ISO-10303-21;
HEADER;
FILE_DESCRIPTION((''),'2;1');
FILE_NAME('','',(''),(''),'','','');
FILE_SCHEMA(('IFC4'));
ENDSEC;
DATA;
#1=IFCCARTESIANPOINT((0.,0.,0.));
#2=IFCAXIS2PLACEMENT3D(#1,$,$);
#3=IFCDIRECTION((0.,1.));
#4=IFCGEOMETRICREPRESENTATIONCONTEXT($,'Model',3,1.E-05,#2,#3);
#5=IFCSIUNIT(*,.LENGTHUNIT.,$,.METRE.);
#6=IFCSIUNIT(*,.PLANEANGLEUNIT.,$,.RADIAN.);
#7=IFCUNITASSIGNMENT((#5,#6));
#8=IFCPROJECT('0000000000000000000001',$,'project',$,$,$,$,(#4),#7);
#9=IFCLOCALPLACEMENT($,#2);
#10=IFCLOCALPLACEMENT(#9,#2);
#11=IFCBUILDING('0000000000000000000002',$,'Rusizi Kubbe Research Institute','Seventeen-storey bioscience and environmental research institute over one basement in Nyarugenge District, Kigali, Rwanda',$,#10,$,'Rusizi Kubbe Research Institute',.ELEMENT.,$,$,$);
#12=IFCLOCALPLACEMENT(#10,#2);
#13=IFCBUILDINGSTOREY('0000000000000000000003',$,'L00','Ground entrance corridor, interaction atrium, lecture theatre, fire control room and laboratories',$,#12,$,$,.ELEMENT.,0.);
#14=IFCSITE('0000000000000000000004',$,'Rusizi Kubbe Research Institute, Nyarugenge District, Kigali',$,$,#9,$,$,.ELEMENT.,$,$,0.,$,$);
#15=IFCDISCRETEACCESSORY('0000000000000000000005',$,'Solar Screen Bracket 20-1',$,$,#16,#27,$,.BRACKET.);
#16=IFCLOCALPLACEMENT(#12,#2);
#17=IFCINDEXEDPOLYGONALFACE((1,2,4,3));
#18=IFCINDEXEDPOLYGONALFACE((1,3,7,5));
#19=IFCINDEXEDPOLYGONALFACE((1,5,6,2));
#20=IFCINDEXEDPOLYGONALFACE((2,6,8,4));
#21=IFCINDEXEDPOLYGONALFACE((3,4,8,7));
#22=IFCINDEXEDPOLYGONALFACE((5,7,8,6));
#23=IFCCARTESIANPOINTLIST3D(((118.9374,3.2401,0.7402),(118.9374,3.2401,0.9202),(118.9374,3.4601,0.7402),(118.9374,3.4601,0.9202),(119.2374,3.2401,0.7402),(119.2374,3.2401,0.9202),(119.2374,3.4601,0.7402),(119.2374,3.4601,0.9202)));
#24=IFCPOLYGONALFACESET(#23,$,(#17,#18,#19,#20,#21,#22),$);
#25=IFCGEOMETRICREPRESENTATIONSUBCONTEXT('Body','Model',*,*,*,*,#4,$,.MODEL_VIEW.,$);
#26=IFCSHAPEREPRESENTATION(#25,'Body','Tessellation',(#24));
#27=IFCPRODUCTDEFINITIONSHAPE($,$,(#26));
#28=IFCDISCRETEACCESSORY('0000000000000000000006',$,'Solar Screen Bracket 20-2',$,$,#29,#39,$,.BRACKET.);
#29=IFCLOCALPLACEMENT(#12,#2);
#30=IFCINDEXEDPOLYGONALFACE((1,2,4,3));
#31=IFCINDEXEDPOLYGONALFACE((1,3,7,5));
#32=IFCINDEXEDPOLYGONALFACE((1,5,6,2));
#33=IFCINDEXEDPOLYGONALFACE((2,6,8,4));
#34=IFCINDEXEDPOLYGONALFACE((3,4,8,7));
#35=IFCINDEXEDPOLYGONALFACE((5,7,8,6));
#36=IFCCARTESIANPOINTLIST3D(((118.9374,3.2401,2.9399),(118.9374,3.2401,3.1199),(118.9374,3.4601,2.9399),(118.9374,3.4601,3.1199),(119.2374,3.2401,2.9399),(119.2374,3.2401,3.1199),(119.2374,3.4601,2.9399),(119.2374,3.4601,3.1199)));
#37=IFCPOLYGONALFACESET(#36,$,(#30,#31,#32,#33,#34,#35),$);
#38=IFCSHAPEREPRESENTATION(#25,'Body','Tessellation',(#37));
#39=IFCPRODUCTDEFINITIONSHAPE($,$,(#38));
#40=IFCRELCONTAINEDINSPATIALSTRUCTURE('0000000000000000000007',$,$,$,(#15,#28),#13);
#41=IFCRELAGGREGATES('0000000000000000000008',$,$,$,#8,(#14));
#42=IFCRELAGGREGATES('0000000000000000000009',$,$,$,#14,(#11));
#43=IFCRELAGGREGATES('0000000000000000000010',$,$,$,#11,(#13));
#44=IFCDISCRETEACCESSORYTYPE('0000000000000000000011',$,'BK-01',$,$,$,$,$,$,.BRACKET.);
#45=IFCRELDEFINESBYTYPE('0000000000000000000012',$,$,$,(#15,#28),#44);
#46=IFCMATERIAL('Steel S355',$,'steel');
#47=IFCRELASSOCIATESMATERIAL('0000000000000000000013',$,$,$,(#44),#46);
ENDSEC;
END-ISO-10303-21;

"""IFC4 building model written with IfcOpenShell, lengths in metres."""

from ifc_helpers import new_model, si_unit, direction, frame, origin, origin_2d, place, context, subcontext, project, spatial, rectangle, extrude, material, type_object, element, save


model = new_model("IFC4")

# Units and contexts
model_context = context("Model", 3, precision=1e-05, world=origin(), true_north=direction((0.0, 1.0)))
body_context = subcontext(model_context, "Body", "Model", "MODEL_VIEW")
ifc_project = project(units=[si_unit("LENGTHUNIT", "METRE"), si_unit("PLANEANGLEUNIT", "RADIAN")], contexts=[model_context])

# Site, building, storey
site_placement = place(None, origin())
site = spatial("IfcSite", under=ifc_project, at=site_placement, Name="Rusizi Kubbe Research Institute, Nyarugenge District, Kigali", CompositionType="ELEMENT", RefElevation=0.0)
building_placement = place(site_placement, origin())
building = spatial("IfcBuilding", under=site, at=building_placement, Name="Rusizi Kubbe Research Institute", Description="Seventeen-storey bioscience and environmental research institute over one basement in Nyarugenge District, Kigali, Rwanda", LongName="Rusizi Kubbe Research Institute", CompositionType="ELEMENT")
storey_placement = place(building_placement, origin())
storey = spatial("IfcBuildingStorey", under=building, at=storey_placement, Name="L00", Description="Ground entrance corridor, interaction atrium, lecture theatre, fire control room and laboratories", CompositionType="ELEMENT", Elevation=0.0)

# Discrete accessories
ifc_material_1 = material(Name="Steel S355", Category="steel")
discrete_accessory_type = type_object("IfcDiscreteAccessoryType", Name="BK-01", PredefinedType="BRACKET", material=ifc_material_1)
for number, where, z_axis, x_axis, name in (
    (1, (119.0874, 3.3501, 0.7402), (0.0, 0.0, 1.0), (1.0, 0.0, 0.0), "Solar Screen Bracket 20-1"),
    (2, (119.0874, 3.3501, 2.9399), (0.0, 0.0, 1.0), (1.0, 0.0, 0.0), "Solar Screen Bracket 20-2"),
):
    element("IfcDiscreteAccessory", number, at=place(storey_placement, frame(where, z_axis=z_axis, x_axis=x_axis)), inside=storey, type_object=discrete_accessory_type, Name=name, PredefinedType="BRACKET", context=body_context, shape_type="SweptSolid", body=[
        extrude(rectangle(XDim=0.3, YDim=0.22, at=origin_2d()), origin(), (0.0, 0.0, 1.0), 0.1799),
    ])

save(model, "model.ifc")
